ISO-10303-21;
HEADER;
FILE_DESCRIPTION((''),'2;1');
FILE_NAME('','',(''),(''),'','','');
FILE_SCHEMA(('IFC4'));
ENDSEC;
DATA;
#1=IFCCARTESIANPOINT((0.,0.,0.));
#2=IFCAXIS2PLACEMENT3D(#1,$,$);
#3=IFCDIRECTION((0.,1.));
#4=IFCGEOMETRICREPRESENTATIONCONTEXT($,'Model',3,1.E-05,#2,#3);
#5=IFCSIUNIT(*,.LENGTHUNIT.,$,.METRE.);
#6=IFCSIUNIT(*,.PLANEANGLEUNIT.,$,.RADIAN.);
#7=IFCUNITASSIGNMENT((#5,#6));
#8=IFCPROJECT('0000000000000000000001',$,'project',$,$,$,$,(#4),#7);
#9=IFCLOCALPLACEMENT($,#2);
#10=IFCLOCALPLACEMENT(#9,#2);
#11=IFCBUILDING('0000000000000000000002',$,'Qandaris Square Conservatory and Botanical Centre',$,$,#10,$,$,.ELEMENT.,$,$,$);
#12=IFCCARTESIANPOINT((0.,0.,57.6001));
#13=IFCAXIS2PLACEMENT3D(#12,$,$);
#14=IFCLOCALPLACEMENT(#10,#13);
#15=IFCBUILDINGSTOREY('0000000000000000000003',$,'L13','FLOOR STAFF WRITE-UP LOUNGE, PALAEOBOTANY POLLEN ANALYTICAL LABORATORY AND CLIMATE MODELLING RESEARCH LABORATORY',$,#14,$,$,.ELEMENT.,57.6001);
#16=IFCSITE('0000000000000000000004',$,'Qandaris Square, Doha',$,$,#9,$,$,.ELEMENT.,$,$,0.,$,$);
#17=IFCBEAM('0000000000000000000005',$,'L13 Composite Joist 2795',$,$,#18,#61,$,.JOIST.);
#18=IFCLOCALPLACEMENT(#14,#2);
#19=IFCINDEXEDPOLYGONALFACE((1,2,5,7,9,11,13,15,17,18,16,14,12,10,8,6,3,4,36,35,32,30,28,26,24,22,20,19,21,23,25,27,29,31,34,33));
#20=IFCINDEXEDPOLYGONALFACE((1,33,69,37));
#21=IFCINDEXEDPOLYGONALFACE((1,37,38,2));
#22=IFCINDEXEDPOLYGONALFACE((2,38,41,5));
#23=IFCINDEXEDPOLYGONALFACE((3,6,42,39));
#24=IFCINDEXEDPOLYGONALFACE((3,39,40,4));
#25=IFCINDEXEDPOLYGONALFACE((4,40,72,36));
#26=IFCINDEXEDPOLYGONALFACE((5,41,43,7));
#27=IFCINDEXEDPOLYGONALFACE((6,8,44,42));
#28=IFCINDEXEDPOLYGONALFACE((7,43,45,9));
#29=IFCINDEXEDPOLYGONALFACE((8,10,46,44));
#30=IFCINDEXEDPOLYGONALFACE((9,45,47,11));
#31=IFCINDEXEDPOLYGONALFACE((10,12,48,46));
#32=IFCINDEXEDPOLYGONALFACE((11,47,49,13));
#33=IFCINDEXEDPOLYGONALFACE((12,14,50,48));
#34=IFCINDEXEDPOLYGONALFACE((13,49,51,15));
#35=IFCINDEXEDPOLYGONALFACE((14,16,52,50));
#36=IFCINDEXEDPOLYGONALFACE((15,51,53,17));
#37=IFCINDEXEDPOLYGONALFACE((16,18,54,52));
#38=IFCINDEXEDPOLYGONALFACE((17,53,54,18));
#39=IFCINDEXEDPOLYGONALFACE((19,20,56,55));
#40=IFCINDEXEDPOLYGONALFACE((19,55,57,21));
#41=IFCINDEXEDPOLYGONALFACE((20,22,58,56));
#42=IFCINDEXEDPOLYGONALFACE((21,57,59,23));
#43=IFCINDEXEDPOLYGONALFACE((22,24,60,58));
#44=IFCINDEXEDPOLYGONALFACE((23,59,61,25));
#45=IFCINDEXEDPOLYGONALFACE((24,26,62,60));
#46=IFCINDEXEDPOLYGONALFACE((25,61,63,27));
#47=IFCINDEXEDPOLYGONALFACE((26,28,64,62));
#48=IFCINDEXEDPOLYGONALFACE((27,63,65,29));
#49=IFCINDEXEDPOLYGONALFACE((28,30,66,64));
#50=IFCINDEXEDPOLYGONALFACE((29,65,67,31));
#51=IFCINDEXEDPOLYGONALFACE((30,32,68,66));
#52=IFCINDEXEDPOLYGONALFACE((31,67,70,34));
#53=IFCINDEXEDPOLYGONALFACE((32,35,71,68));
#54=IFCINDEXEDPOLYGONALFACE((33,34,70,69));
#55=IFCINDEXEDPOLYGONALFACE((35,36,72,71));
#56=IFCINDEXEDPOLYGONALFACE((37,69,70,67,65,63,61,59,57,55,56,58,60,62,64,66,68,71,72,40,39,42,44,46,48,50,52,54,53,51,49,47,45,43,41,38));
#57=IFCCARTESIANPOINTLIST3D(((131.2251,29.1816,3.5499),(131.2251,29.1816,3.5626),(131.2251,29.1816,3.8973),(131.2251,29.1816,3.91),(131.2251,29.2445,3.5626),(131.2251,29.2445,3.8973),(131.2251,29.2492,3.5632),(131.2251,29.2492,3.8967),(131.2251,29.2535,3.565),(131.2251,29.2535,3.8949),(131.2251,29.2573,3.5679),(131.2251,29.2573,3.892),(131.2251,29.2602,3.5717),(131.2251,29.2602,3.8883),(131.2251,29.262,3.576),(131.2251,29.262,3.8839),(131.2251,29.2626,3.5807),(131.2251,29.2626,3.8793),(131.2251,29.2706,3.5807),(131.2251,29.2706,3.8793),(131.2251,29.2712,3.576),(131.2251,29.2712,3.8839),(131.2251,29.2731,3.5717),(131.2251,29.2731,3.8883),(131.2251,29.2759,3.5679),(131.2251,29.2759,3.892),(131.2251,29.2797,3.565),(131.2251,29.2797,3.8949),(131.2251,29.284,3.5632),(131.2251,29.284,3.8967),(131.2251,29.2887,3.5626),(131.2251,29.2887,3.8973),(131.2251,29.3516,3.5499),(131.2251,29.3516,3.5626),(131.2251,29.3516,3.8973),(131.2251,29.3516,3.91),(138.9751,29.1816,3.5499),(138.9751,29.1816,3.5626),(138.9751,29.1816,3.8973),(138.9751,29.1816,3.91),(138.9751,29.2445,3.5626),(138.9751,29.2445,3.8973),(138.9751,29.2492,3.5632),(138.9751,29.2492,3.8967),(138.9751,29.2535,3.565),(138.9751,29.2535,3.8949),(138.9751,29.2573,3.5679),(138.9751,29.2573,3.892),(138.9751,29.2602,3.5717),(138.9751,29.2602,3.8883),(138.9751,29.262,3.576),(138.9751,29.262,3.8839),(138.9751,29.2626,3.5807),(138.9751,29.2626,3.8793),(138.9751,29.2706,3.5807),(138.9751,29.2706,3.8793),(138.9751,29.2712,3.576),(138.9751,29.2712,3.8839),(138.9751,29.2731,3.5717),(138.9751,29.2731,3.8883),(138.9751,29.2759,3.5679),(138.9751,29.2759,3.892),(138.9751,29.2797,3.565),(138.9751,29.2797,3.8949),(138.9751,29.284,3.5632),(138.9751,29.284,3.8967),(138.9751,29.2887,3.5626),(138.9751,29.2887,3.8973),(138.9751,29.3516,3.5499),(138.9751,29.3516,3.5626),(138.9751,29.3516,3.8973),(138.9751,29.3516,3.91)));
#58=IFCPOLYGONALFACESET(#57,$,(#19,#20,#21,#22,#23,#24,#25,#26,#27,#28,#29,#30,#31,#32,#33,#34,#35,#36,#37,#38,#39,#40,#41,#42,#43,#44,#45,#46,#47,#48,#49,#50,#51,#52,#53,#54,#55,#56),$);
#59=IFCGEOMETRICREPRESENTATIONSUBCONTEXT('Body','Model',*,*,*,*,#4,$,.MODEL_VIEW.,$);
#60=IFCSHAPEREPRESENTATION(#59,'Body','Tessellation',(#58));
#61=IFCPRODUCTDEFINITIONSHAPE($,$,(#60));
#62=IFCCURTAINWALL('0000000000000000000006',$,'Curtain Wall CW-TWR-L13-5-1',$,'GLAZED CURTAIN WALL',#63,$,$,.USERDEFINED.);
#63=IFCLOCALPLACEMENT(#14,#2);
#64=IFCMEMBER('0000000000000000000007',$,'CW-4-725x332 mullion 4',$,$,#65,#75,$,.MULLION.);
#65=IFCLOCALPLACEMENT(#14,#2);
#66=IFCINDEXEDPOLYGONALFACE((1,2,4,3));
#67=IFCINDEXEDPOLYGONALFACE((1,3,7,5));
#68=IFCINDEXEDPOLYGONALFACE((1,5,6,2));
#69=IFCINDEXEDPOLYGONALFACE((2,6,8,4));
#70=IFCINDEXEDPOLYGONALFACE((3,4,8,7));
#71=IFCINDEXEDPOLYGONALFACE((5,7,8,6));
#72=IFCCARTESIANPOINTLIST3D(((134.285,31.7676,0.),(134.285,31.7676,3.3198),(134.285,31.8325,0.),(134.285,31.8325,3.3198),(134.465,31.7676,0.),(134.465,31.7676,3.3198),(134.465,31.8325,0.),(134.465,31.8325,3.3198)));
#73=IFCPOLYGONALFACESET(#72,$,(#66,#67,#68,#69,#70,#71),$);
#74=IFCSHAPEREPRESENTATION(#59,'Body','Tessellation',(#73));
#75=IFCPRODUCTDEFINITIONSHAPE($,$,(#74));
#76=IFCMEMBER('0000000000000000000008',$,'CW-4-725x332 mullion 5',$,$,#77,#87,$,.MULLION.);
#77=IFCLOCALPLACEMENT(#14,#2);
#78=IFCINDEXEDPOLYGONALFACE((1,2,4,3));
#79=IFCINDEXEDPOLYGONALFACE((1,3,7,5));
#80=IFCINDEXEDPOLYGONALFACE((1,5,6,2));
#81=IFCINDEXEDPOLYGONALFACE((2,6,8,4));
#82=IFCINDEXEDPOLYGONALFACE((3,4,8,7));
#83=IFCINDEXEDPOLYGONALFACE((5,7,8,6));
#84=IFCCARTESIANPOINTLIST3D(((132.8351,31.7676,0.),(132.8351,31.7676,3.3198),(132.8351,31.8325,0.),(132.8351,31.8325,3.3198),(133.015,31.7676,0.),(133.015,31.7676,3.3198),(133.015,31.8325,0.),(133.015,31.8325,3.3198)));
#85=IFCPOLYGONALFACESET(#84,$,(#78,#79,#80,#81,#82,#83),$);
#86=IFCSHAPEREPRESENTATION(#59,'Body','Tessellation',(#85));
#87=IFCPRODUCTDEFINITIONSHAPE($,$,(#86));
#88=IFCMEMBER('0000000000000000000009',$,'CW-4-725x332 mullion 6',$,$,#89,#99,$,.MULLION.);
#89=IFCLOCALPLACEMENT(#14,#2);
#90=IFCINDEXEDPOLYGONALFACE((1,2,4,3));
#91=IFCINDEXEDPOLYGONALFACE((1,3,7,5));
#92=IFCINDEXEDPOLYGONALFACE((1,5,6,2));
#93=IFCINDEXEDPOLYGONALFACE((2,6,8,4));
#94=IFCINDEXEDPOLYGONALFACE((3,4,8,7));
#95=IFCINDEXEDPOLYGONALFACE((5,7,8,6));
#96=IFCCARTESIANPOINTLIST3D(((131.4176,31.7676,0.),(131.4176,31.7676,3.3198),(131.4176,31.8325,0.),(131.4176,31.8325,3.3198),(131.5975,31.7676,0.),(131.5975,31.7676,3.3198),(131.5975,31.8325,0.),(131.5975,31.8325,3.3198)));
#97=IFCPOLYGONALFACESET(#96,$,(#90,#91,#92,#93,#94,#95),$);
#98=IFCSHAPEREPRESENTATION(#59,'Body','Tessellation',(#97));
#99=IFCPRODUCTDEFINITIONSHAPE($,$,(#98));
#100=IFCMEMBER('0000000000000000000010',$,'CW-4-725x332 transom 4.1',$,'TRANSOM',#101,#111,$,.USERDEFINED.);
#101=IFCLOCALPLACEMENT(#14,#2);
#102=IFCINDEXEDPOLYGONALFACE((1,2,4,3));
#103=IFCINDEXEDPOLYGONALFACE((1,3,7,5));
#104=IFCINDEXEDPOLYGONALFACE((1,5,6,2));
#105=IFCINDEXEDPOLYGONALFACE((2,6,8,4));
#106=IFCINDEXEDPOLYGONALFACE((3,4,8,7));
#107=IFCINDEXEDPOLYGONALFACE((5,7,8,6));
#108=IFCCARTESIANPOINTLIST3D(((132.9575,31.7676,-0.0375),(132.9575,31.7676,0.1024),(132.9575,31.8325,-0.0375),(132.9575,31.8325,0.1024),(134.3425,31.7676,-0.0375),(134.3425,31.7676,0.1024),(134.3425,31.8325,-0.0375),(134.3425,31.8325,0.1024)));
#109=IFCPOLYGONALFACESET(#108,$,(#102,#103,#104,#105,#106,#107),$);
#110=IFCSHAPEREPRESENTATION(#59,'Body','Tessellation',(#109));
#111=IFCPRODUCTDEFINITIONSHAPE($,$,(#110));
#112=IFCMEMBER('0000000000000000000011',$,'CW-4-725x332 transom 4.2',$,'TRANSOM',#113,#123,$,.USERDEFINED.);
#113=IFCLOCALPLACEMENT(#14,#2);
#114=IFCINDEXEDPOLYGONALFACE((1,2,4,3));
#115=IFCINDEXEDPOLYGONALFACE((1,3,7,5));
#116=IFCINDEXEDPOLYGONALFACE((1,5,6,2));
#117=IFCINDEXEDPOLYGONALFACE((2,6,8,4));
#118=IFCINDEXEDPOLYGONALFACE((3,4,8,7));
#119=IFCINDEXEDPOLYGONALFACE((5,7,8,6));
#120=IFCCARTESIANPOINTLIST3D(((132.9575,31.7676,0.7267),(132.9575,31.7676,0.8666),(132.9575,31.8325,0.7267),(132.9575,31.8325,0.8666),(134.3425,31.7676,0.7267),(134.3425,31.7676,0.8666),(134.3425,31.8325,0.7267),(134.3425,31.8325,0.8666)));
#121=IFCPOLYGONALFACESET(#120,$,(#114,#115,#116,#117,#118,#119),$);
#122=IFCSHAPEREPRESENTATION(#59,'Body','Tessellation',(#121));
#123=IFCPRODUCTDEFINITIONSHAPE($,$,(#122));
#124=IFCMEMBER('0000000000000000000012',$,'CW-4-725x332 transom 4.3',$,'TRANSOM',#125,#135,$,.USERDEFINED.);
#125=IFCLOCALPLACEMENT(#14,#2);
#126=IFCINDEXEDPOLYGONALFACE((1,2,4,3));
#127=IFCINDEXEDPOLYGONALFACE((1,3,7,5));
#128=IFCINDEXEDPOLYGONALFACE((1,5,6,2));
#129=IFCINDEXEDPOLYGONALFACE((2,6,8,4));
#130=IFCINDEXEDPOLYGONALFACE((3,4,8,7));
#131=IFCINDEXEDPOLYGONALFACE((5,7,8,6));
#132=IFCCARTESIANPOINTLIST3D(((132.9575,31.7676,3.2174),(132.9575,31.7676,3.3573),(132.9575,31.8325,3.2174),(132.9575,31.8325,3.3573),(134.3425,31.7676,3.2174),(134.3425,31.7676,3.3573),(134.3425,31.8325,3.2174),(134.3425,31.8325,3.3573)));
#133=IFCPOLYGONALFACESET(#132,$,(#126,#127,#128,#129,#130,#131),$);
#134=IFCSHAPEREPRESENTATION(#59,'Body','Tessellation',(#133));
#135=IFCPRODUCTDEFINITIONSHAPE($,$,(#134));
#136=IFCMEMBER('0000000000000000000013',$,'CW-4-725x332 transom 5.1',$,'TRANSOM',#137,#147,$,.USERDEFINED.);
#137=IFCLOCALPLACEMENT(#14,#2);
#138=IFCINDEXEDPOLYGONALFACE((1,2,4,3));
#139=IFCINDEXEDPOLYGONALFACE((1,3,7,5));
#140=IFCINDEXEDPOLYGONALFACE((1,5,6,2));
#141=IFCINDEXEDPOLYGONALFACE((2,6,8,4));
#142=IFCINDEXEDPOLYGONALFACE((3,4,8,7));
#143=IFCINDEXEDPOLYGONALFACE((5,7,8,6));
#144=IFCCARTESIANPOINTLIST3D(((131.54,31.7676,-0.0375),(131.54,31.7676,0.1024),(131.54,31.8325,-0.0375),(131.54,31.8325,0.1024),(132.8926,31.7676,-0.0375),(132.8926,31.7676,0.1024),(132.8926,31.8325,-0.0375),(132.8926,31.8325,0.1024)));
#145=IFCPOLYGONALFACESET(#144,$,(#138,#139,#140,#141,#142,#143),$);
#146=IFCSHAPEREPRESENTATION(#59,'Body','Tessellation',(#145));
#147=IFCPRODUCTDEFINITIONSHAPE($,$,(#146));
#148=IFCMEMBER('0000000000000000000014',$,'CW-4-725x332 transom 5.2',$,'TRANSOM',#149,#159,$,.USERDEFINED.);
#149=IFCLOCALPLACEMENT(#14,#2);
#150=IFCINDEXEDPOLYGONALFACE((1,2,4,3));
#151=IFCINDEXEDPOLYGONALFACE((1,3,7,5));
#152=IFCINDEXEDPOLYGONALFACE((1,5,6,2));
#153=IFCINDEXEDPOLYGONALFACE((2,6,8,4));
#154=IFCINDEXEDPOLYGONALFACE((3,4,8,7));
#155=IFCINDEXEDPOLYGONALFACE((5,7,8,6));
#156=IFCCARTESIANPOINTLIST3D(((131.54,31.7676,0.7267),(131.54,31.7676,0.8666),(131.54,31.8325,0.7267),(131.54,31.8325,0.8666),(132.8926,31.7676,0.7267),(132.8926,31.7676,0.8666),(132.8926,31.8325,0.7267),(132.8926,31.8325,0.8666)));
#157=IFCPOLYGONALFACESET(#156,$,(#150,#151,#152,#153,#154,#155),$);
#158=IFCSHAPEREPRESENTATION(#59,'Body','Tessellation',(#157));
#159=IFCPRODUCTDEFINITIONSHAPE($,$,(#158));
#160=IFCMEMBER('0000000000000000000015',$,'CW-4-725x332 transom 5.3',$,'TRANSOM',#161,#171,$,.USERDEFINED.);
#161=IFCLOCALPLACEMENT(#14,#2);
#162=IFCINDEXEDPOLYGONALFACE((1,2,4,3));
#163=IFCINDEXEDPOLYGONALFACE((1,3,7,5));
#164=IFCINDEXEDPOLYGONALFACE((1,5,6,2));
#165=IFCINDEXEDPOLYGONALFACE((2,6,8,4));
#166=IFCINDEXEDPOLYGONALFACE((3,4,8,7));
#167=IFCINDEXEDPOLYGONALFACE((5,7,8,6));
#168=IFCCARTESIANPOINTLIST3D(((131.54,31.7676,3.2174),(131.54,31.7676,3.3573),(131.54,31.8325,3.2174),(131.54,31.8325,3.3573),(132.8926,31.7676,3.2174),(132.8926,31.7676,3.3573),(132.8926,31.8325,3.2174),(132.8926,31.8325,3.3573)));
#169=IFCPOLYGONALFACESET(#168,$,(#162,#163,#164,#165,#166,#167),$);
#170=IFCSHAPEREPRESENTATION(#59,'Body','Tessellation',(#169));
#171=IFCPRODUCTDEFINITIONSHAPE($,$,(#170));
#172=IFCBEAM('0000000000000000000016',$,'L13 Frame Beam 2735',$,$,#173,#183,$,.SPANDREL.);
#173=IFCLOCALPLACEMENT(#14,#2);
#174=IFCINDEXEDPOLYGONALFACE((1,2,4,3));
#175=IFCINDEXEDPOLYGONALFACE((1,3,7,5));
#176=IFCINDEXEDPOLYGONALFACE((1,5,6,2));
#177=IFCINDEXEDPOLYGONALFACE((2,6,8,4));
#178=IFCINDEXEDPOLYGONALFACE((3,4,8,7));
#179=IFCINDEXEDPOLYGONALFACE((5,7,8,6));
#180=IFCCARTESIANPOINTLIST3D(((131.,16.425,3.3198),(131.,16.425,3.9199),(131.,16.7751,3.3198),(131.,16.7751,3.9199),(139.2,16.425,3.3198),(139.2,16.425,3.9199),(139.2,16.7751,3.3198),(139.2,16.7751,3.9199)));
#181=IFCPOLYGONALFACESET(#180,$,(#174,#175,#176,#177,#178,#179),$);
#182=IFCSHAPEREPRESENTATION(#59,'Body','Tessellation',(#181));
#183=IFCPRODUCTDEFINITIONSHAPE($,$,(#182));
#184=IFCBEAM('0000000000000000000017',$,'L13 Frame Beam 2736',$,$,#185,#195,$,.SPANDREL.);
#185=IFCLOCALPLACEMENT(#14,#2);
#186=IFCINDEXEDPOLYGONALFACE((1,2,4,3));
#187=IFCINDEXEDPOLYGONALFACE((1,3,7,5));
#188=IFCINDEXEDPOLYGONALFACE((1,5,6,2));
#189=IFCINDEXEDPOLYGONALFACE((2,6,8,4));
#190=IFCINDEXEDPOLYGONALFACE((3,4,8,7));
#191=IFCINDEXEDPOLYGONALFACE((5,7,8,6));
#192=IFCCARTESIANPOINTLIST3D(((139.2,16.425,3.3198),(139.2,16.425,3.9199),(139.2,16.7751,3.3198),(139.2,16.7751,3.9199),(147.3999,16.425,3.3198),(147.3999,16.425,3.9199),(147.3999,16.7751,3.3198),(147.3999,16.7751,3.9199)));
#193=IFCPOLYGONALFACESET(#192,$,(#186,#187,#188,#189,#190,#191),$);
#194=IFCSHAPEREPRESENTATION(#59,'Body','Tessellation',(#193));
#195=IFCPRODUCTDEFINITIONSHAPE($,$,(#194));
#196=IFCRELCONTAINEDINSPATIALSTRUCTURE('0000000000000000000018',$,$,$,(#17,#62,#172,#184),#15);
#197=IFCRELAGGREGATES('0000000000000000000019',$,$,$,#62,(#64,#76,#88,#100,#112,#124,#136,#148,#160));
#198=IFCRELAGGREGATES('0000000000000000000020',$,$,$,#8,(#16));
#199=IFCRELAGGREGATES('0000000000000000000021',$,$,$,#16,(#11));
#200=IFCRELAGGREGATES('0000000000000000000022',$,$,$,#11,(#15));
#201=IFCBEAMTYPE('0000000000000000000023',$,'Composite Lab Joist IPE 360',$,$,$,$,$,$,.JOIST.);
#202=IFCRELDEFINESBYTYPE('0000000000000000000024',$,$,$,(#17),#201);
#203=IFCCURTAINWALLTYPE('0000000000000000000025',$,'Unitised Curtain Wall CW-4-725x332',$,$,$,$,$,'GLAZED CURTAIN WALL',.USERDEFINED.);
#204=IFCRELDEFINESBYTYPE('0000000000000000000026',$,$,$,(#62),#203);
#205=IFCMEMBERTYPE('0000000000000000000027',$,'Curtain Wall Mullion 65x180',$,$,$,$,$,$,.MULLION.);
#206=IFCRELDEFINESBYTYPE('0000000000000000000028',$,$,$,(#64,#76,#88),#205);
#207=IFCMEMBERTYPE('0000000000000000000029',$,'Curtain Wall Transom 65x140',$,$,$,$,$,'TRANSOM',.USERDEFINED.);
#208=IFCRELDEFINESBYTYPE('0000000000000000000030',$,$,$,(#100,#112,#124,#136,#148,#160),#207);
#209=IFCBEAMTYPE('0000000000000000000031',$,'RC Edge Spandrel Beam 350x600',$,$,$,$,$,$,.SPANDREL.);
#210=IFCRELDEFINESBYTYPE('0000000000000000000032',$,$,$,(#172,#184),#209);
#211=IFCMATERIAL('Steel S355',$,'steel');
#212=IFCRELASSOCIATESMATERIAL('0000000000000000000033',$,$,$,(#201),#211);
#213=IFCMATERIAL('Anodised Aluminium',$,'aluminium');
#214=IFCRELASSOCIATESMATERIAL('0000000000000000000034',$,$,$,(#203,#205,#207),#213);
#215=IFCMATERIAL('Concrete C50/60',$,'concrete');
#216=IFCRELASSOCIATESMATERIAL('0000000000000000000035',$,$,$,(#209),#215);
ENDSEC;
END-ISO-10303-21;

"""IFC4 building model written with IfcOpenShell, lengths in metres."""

from ifc_helpers import new_model, si_unit, direction, frame, origin, origin_2d, place, context, subcontext, project, spatial, rectangle, i_section, extrude, material, material_profile, profile_set, type_object, element, aggregate, save


model = new_model("IFC4")

# Units and contexts
model_context = context("Model", 3, precision=1e-05, world=origin(), true_north=direction((0.0, 1.0)))
body_context = subcontext(model_context, "Body", "Model", "MODEL_VIEW")
ifc_project = project(units=[si_unit("LENGTHUNIT", "METRE"), si_unit("PLANEANGLEUNIT", "RADIAN")], contexts=[model_context])

# Site, building, storey
site_placement = place(None, origin())
site = spatial("IfcSite", under=ifc_project, at=site_placement, Name="Qandaris Square, Doha", CompositionType="ELEMENT", RefElevation=0.0)
building_placement = place(site_placement, origin())
building = spatial("IfcBuilding", under=site, at=building_placement, Name="Qandaris Square Conservatory and Botanical Centre", CompositionType="ELEMENT")
storey_placement = place(building_placement, frame((0.0, 0.0, 57.6001)))
storey = spatial("IfcBuildingStorey", under=building, at=storey_placement, Name="L13", Description="FLOOR STAFF WRITE-UP LOUNGE, PALAEOBOTANY POLLEN ANALYTICAL LABORATORY AND CLIMATE MODELLING RESEARCH LABORATORY", CompositionType="ELEMENT", Elevation=57.6001)

# Shared definitions
ifc_material_1 = material(Name="Concrete C50/60", Category="concrete")

# Beam
ifc_material_2 = material(Name="Steel S355", Category="steel")
ifc_material_profile_1 = material_profile(ifc_material_2, i_section(OverallWidth=0.1699, OverallDepth=0.3601, WebThickness=0.0081, FlangeThickness=0.0127, FilletRadius=0.0181, at=origin_2d()), Name="IPE 360")
ifc_profile_set_1 = profile_set([ifc_material_profile_1], Name="Steel S355")
beam_type_1 = type_object("IfcBeamType", Name="Composite Lab Joist IPE 360", PredefinedType="JOIST", material=ifc_profile_set_1)
beam_1_placement = place(storey_placement, frame((131.2251, 29.2666, 3.73), z_axis=(1.0, 0.0, 0.0), x_axis=(0.0, 1.0, 0.0)))
element("IfcBeam", 1, at=beam_1_placement, inside=storey, type_object=beam_type_1, Name="L13 Composite Joist 2795", PredefinedType="JOIST", context=body_context, shape_type="SweptSolid", body=[
    extrude(i_section(OverallWidth=0.1699, OverallDepth=0.3601, WebThickness=0.0081, FlangeThickness=0.0127, FilletRadius=0.0181, at=origin_2d()), origin(), (0.0, 0.0, 1.0), 7.75),
])

# Curtain wall, members
ifc_material_3 = material(Name="Anodised Aluminium", Category="aluminium")
curtain_wall_type = type_object("IfcCurtainWallType", Name="Unitised Curtain Wall CW-4-725x332", ElementType="GLAZED CURTAIN WALL", PredefinedType="USERDEFINED", material=ifc_material_3)
curtain_wall_placement = place(storey_placement, origin())
curtain_wall = element("IfcCurtainWall", 2, at=curtain_wall_placement, inside=storey, type_object=curtain_wall_type, Name="Curtain Wall CW-TWR-L13-5-1", ObjectType="GLAZED CURTAIN WALL", PredefinedType="USERDEFINED")
ifc_material_profile_2 = material_profile(ifc_material_3, rectangle(XDim=0.0649, YDim=0.1799, at=origin_2d()), Name="ALU-MUL 65x180")
ifc_profile_set_2 = profile_set([ifc_material_profile_2], Name="Anodised Aluminium")
member_type_1 = type_object("IfcMemberType", Name="Curtain Wall Mullion 65x180", PredefinedType="MULLION", material=ifc_profile_set_2)
member_1_placement = place(storey_placement, frame((134.375, 31.8, 0.0), z_axis=(0.0, 0.0, 1.0), x_axis=(0.0, -1.0, 0.0)))
member_1 = element("IfcMember", 3, at=member_1_placement, type_object=member_type_1, Name="CW-4-725x332 mullion 4", PredefinedType="MULLION", context=body_context, shape_type="SweptSolid", body=[
    extrude(rectangle(XDim=0.0649, YDim=0.1799, at=origin_2d()), origin(), (0.0, 0.0, 1.0), 3.3198),
])
member_2_placement = place(storey_placement, frame((132.925, 31.8, 0.0), z_axis=(0.0, 0.0, 1.0), x_axis=(0.0, -1.0, 0.0)))
member_2 = element("IfcMember", 4, at=member_2_placement, type_object=member_type_1, Name="CW-4-725x332 mullion 5", PredefinedType="MULLION", context=body_context, shape_type="SweptSolid", body=[
    extrude(rectangle(XDim=0.0649, YDim=0.1799, at=origin_2d()), origin(), (0.0, 0.0, 1.0), 3.3198),
])
member_3_placement = place(storey_placement, frame((131.5076, 31.8, 0.0), z_axis=(0.0, 0.0, 1.0), x_axis=(0.0, -1.0, 0.0)))
member_3 = element("IfcMember", 5, at=member_3_placement, type_object=member_type_1, Name="CW-4-725x332 mullion 6", PredefinedType="MULLION", context=body_context, shape_type="SweptSolid", body=[
    extrude(rectangle(XDim=0.0649, YDim=0.1799, at=origin_2d()), origin(), (0.0, 0.0, 1.0), 3.3198),
])
ifc_material_profile_3 = material_profile(ifc_material_3, rectangle(XDim=0.0649, YDim=0.1399, at=origin_2d()), Name="ALU-TRN 65x140")
ifc_profile_set_3 = profile_set([ifc_material_profile_3], Name="Anodised Aluminium")
member_type_2 = type_object("IfcMemberType", Name="Curtain Wall Transom 65x140", ElementType="TRANSOM", PredefinedType="USERDEFINED", material=ifc_profile_set_3)
member_4_placement = place(storey_placement, frame((134.3425, 31.8, 0.0325), z_axis=(-1.0, 0.0, 0.0), x_axis=(0.0, -1.0, 0.0)))
member_4 = element("IfcMember", 6, at=member_4_placement, type_object=member_type_2, Name="CW-4-725x332 transom 4.1", ObjectType="TRANSOM", PredefinedType="USERDEFINED", context=body_context, shape_type="SweptSolid", body=[
    extrude(rectangle(XDim=0.0649, YDim=0.1399, at=origin_2d()), origin(), (0.0, 0.0, 1.0), 1.385),
])
member_5_placement = place(storey_placement, frame((134.3425, 31.8, 0.7966), z_axis=(-1.0, 0.0, 0.0), x_axis=(0.0, -1.0, 0.0)))
member_5 = element("IfcMember", 7, at=member_5_placement, type_object=member_type_2, Name="CW-4-725x332 transom 4.2", ObjectType="TRANSOM", PredefinedType="USERDEFINED", context=body_context, shape_type="SweptSolid", body=[
    extrude(rectangle(XDim=0.0649, YDim=0.1399, at=origin_2d()), origin(), (0.0, 0.0, 1.0), 1.385),
])
member_6_placement = place(storey_placement, frame((134.3425, 31.8, 3.2874), z_axis=(-1.0, 0.0, 0.0), x_axis=(0.0, -1.0, 0.0)))
member_6 = element("IfcMember", 8, at=member_6_placement, type_object=member_type_2, Name="CW-4-725x332 transom 4.3", ObjectType="TRANSOM", PredefinedType="USERDEFINED", context=body_context, shape_type="SweptSolid", body=[
    extrude(rectangle(XDim=0.0649, YDim=0.1399, at=origin_2d()), origin(), (0.0, 0.0, 1.0), 1.385),
])
member_7_placement = place(storey_placement, frame((132.8926, 31.8, 0.0325), z_axis=(-1.0, 0.0, 0.0), x_axis=(0.0, -1.0, 0.0)))
member_7 = element("IfcMember", 9, at=member_7_placement, type_object=member_type_2, Name="CW-4-725x332 transom 5.1", ObjectType="TRANSOM", PredefinedType="USERDEFINED", context=body_context, shape_type="SweptSolid", body=[
    extrude(rectangle(XDim=0.0649, YDim=0.1399, at=origin_2d()), origin(), (0.0, 0.0, 1.0), 1.3525),
])
member_8_placement = place(storey_placement, frame((132.8926, 31.8, 0.7966), z_axis=(-1.0, 0.0, 0.0), x_axis=(0.0, -1.0, 0.0)))
member_8 = element("IfcMember", 10, at=member_8_placement, type_object=member_type_2, Name="CW-4-725x332 transom 5.2", ObjectType="TRANSOM", PredefinedType="USERDEFINED", context=body_context, shape_type="SweptSolid", body=[
    extrude(rectangle(XDim=0.0649, YDim=0.1399, at=origin_2d()), origin(), (0.0, 0.0, 1.0), 1.3525),
])
member_9_placement = place(storey_placement, frame((132.8926, 31.8, 3.2874), z_axis=(-1.0, 0.0, 0.0), x_axis=(0.0, -1.0, 0.0)))
member_9 = element("IfcMember", 11, at=member_9_placement, type_object=member_type_2, Name="CW-4-725x332 transom 5.3", ObjectType="TRANSOM", PredefinedType="USERDEFINED", context=body_context, shape_type="SweptSolid", body=[
    extrude(rectangle(XDim=0.0649, YDim=0.1399, at=origin_2d()), origin(), (0.0, 0.0, 1.0), 1.3525),
])

# Beams
ifc_material_profile_4 = material_profile(ifc_material_1, rectangle(XDim=0.3501, YDim=0.6001, at=origin_2d()), Name="RC-SP 350x600")
ifc_profile_set_4 = profile_set([ifc_material_profile_4], Name="Concrete C50/60")
beam_type_2 = type_object("IfcBeamType", Name="RC Edge Spandrel Beam 350x600", PredefinedType="SPANDREL", material=ifc_profile_set_4)
for number, where, z_axis, x_axis, name in (
    (12, (131.0, 16.6001, 3.6199), (1.0, 0.0, 0.0), (0.0, 1.0, 0.0), "L13 Frame Beam 2735"),
    (13, (139.2, 16.6001, 3.6199), (1.0, 0.0, 0.0), (0.0, 1.0, 0.0), "L13 Frame Beam 2736"),
):
    element("IfcBeam", number, at=place(storey_placement, frame(where, z_axis=z_axis, x_axis=x_axis)), inside=storey, type_object=beam_type_2, Name=name, PredefinedType="SPANDREL", context=body_context, shape_type="SweptSolid", body=[
        extrude(rectangle(XDim=0.3501, YDim=0.6001, at=origin_2d()), origin(), (0.0, 0.0, 1.0), 8.2),
    ])

aggregate(curtain_wall, [member_1, member_2, member_3, member_4, member_5, member_6, member_7, member_8, member_9])

save(model, "model.ifc")
